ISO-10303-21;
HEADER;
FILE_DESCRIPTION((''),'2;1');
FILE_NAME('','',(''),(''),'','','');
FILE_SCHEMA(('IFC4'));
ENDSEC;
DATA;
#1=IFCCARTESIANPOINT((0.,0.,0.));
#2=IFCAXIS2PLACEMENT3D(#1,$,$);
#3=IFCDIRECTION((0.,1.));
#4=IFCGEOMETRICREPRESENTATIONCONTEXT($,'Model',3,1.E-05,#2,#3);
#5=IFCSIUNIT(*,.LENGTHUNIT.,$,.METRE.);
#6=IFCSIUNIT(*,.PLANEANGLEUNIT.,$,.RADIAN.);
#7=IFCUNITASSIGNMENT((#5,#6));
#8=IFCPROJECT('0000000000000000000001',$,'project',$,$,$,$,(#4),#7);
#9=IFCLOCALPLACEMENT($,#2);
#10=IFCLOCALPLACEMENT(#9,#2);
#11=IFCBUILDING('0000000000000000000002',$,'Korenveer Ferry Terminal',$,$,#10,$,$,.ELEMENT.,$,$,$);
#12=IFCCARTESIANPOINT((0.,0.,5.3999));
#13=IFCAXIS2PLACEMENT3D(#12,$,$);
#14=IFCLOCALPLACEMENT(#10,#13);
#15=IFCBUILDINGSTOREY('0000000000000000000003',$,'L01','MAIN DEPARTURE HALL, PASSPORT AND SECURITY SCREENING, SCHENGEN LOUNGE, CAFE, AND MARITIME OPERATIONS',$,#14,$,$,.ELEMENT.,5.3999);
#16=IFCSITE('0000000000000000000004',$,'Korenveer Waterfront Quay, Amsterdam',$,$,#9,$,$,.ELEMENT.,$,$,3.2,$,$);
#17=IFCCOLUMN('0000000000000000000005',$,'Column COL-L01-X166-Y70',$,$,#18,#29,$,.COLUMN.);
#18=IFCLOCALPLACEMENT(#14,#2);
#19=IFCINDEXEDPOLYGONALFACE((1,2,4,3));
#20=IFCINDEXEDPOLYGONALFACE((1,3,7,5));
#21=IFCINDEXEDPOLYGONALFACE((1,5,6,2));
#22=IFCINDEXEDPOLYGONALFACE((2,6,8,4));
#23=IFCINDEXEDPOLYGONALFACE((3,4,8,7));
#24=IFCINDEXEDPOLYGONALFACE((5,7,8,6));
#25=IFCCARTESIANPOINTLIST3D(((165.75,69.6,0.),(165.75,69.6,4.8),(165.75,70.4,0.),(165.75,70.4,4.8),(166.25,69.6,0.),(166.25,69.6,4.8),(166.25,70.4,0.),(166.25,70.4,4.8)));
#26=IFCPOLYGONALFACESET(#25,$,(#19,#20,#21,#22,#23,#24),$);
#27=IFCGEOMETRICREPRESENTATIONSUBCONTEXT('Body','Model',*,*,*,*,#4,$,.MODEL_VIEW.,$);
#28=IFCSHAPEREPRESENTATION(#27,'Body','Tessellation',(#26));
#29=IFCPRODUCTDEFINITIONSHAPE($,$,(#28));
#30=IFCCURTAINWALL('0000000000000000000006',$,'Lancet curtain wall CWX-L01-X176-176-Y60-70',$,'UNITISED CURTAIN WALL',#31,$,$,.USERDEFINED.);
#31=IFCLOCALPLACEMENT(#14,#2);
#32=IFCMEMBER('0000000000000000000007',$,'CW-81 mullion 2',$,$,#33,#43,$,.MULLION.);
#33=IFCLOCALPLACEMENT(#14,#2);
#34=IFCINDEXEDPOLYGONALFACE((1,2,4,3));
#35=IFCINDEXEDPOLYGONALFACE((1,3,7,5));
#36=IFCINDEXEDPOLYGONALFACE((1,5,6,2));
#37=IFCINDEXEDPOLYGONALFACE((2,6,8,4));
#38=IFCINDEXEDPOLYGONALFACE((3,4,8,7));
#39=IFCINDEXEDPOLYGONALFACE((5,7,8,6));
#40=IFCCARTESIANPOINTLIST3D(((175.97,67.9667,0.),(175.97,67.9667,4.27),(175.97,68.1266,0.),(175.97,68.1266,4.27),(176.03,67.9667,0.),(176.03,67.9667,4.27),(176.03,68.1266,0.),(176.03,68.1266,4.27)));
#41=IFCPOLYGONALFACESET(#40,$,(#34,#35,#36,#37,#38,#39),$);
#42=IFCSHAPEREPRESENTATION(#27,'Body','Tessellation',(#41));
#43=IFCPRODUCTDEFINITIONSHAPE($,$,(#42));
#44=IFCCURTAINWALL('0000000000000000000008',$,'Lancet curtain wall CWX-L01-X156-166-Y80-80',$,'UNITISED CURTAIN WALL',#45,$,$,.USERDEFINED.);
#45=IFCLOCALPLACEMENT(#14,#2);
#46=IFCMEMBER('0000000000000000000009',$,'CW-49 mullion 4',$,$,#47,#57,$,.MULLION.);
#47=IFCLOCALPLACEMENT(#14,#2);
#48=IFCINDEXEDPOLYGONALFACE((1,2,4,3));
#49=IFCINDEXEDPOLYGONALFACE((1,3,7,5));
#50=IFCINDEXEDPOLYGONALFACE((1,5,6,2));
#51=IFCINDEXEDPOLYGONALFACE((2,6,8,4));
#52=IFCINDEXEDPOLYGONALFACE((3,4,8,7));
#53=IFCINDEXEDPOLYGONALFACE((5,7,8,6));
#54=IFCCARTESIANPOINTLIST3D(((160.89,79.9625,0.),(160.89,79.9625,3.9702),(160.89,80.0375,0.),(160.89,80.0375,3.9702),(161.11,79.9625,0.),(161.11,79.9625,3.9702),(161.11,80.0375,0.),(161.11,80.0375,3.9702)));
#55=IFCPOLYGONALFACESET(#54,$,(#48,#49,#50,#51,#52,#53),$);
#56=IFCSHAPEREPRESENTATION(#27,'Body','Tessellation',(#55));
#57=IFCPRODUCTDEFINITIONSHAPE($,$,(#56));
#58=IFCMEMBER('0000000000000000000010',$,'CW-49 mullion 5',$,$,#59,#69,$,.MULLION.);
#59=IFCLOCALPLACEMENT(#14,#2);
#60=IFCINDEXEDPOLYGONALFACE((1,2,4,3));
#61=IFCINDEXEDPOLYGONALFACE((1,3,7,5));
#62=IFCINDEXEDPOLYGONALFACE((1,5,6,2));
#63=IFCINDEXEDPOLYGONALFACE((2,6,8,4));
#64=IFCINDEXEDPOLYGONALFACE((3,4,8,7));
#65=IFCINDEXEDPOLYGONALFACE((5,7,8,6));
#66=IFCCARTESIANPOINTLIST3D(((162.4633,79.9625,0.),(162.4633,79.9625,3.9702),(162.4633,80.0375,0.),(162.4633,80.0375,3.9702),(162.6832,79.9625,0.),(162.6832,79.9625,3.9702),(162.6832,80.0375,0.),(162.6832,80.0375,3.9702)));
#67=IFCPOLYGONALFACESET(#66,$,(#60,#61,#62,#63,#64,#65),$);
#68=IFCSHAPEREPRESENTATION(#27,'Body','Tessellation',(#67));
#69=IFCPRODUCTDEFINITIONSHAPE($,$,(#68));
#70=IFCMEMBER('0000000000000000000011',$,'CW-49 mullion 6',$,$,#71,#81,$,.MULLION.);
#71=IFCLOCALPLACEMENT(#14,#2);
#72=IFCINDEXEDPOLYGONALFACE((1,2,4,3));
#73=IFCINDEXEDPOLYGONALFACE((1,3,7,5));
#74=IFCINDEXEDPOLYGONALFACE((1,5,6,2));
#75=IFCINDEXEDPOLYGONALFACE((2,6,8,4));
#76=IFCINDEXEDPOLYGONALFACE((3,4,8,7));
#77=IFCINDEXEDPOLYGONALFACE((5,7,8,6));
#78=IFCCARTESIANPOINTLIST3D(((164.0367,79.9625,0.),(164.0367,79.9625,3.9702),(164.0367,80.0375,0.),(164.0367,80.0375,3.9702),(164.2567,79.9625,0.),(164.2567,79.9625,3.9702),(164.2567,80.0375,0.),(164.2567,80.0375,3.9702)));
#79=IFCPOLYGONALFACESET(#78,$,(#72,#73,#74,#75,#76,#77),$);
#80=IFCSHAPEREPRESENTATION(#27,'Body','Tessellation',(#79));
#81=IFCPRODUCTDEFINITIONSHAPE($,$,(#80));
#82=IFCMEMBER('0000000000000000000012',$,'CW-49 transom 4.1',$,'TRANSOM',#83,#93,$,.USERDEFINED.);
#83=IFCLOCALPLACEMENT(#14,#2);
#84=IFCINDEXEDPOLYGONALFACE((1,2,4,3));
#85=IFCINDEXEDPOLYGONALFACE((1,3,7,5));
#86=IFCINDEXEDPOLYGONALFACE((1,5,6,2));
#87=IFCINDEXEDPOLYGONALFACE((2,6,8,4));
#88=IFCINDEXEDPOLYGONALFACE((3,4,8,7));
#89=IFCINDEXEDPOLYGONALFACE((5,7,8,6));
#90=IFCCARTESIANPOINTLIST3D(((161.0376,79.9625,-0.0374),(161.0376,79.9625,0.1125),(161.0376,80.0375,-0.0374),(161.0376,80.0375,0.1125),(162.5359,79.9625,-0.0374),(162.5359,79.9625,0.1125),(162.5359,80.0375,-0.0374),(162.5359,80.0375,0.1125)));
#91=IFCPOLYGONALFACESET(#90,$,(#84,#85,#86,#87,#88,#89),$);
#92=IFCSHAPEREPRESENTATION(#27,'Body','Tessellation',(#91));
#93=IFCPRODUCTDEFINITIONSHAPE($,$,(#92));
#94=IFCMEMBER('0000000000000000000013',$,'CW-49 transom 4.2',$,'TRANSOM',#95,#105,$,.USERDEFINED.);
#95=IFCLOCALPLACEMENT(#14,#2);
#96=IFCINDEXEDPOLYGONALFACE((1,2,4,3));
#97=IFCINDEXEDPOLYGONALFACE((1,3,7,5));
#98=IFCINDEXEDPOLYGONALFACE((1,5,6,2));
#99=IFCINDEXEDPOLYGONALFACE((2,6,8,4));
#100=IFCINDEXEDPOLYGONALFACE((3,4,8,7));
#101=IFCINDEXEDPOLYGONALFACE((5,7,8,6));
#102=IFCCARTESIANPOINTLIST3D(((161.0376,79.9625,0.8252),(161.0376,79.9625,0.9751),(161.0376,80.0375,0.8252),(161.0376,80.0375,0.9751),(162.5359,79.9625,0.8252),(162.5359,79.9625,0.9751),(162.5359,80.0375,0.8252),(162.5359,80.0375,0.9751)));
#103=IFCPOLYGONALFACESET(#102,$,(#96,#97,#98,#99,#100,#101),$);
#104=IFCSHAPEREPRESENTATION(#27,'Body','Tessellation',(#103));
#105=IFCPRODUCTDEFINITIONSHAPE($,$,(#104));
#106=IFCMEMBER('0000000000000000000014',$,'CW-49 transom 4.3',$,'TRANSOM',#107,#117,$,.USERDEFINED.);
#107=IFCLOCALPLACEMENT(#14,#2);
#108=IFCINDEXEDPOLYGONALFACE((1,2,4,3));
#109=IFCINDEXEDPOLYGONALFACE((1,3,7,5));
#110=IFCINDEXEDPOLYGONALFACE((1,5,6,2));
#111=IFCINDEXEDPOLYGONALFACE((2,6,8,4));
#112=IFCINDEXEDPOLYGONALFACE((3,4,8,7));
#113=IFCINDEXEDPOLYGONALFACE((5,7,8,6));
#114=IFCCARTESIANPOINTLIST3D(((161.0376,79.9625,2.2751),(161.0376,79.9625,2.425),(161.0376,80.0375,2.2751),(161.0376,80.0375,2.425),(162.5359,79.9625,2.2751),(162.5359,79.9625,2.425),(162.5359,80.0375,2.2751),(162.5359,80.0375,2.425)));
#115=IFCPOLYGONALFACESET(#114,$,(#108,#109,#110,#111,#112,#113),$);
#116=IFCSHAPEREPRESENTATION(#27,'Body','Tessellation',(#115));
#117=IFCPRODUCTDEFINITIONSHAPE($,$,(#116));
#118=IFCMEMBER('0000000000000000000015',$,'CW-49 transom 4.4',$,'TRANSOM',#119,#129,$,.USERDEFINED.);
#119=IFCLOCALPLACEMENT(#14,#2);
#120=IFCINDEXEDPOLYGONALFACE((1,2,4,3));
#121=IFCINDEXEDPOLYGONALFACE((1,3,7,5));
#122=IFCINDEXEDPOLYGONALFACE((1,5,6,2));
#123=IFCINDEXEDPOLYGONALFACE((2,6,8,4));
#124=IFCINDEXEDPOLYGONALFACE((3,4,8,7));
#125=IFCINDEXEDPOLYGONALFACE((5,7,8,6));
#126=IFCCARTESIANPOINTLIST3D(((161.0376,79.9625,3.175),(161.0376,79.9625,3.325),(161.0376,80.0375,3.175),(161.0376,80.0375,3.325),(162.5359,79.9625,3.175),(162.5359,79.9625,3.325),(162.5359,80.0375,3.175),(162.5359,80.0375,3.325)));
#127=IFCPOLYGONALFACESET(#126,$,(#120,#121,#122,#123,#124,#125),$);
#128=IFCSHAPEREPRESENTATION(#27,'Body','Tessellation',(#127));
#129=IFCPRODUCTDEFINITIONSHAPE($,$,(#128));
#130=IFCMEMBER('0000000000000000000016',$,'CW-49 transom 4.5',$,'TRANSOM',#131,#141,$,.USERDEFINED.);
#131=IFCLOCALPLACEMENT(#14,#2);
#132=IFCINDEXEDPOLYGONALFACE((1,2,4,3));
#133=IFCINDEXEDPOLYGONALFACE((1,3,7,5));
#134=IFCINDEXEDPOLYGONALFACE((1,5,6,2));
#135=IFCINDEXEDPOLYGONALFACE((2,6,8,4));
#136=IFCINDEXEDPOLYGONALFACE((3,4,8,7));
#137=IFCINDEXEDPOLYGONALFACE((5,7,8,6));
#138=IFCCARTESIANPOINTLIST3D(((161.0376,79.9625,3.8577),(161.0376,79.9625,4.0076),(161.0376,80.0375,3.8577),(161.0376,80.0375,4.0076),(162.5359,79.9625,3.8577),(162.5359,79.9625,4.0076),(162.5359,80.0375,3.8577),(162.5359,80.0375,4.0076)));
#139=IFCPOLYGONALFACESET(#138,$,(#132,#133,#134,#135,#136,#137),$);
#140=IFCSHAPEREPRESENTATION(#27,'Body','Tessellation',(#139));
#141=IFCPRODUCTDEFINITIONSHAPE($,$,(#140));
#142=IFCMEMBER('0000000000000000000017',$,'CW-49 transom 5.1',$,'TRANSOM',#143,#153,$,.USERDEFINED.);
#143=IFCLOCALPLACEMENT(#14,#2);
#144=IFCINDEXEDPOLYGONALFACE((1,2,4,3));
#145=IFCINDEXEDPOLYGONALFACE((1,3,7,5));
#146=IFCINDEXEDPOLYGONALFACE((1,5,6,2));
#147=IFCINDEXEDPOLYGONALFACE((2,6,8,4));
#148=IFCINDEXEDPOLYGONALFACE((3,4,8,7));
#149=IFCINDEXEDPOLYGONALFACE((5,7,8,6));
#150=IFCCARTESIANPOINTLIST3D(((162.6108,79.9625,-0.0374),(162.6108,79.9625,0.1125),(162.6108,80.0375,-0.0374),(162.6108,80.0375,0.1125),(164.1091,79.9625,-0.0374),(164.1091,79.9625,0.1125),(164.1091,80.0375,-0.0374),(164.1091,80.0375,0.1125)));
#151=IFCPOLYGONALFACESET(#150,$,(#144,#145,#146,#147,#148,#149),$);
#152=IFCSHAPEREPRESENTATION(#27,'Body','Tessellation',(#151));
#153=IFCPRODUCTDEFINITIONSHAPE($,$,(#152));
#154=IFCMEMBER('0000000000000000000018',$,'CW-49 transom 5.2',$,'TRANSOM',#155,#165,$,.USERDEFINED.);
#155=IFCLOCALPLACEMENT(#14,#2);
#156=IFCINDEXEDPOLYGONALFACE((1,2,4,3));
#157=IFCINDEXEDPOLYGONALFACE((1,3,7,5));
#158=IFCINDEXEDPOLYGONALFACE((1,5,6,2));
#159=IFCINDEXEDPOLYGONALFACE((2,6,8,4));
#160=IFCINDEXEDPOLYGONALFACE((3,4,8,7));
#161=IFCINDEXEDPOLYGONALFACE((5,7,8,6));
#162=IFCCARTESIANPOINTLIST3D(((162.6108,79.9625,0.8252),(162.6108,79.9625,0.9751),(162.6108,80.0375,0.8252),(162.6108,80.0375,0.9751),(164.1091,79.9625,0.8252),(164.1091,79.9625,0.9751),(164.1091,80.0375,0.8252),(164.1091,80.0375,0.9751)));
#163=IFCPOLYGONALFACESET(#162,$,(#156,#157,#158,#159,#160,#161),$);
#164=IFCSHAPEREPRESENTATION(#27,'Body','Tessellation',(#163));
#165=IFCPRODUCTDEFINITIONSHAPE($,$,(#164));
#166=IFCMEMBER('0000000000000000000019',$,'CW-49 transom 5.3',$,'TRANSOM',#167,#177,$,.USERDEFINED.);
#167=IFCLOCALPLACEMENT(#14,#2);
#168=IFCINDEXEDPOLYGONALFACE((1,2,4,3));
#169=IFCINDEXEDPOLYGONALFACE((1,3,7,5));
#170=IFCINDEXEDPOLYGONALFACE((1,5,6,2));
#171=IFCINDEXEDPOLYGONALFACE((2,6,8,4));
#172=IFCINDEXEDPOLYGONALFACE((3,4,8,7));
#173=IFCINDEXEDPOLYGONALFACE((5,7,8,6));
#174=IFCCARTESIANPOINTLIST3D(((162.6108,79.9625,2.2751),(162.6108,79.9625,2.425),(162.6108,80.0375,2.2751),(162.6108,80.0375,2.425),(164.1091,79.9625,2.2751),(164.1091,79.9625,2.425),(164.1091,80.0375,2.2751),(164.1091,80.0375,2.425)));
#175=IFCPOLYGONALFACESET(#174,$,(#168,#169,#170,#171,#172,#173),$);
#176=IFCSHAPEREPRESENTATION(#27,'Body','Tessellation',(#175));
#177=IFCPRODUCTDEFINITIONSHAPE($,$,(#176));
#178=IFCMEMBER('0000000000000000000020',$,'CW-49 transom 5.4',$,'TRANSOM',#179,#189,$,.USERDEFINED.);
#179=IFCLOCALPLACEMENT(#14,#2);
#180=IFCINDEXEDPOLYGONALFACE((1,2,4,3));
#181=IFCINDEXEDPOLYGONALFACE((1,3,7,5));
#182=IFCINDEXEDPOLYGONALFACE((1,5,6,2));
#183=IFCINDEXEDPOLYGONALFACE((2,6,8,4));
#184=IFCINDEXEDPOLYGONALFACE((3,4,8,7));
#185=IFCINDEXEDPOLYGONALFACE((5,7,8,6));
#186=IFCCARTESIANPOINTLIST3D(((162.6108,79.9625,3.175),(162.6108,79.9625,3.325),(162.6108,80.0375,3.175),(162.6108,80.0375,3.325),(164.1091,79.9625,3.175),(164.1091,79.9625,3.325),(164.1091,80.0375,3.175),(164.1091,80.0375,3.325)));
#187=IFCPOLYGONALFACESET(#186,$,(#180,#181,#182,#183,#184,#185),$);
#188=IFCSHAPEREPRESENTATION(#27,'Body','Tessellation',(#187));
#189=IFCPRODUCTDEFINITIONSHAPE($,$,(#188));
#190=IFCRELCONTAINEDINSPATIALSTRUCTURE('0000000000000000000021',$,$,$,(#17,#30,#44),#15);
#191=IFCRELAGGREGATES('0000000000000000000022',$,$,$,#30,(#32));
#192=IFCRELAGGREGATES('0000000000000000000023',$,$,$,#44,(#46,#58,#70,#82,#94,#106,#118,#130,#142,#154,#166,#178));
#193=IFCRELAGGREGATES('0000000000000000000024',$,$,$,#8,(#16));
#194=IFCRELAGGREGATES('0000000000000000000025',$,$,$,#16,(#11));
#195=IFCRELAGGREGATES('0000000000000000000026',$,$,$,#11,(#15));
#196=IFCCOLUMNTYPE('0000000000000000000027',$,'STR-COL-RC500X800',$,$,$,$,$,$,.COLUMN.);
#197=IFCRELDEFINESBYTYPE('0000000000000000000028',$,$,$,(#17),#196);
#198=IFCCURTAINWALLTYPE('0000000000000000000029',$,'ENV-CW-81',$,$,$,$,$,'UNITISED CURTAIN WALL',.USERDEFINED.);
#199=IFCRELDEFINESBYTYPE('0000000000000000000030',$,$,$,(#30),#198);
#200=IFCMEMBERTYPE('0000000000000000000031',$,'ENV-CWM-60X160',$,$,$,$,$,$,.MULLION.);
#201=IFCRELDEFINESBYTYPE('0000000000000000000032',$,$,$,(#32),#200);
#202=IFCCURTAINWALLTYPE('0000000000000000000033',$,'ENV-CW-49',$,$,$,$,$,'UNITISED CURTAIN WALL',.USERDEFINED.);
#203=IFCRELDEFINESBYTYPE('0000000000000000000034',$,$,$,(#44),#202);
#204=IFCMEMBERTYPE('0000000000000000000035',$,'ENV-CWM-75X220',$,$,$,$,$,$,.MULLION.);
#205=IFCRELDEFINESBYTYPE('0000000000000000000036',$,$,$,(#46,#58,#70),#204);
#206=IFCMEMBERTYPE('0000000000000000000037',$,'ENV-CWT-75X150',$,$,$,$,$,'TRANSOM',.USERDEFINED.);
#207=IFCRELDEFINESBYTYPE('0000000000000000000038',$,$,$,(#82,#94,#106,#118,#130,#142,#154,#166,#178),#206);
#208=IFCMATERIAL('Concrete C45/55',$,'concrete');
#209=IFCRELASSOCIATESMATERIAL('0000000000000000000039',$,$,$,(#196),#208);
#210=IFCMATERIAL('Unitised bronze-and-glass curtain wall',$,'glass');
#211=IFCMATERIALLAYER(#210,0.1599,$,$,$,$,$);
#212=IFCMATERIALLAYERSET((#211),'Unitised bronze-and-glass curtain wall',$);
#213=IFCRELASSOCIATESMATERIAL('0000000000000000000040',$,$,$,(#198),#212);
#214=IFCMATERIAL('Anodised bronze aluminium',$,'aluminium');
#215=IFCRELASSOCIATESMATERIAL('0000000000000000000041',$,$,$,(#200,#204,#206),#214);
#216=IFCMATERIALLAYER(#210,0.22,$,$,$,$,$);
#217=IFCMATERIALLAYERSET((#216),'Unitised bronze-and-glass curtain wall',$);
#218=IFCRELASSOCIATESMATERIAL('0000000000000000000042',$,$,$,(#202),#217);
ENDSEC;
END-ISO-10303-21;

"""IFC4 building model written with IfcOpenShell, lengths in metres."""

from ifc_helpers import new_model, si_unit, direction, frame, origin, origin_2d, place, context, subcontext, project, spatial, rectangle, extrude, material, layer, layer_set, material_profile, profile_set, type_object, element, aggregate, save


model = new_model("IFC4")

# Units and contexts
model_context = context("Model", 3, precision=1e-05, world=origin(), true_north=direction((0.0, 1.0)))
body_context = subcontext(model_context, "Body", "Model", "MODEL_VIEW")
ifc_project = project(units=[si_unit("LENGTHUNIT", "METRE"), si_unit("PLANEANGLEUNIT", "RADIAN")], contexts=[model_context])

# Site, building, storey
site_placement = place(None, origin())
site = spatial("IfcSite", under=ifc_project, at=site_placement, Name="Korenveer Waterfront Quay, Amsterdam", CompositionType="ELEMENT", RefElevation=3.2)
building_placement = place(site_placement, origin())
building = spatial("IfcBuilding", under=site, at=building_placement, Name="Korenveer Ferry Terminal", CompositionType="ELEMENT")
storey_placement = place(building_placement, frame((0.0, 0.0, 5.3999)))
storey = spatial("IfcBuildingStorey", under=building, at=storey_placement, Name="L01", Description="MAIN DEPARTURE HALL, PASSPORT AND SECURITY SCREENING, SCHENGEN LOUNGE, CAFE, AND MARITIME OPERATIONS", CompositionType="ELEMENT", Elevation=5.3999)

# Column
ifc_material_1 = material(Name="Concrete C45/55", Category="concrete")
ifc_material_profile_1 = material_profile(ifc_material_1, rectangle(XDim=0.5, YDim=0.8, at=origin_2d()), Name="RC 500x800")
ifc_profile_set_1 = profile_set([ifc_material_profile_1], Name="Concrete C45/55")
column_type = type_object("IfcColumnType", Name="STR-COL-RC500X800", PredefinedType="COLUMN", material=ifc_profile_set_1)
column_placement = place(storey_placement, frame((166.0, 70.0, 0.0), z_axis=(0.0, 0.0, 1.0), x_axis=(1.0, 0.0, 0.0)))
element("IfcColumn", 1, at=column_placement, inside=storey, type_object=column_type, Name="Column COL-L01-X166-Y70", PredefinedType="COLUMN", context=body_context, shape_type="SweptSolid", body=[
    extrude(rectangle(XDim=0.5, YDim=0.8, at=origin_2d()), origin(), (0.0, 0.0, 1.0), 4.8),
])

# Curtain wall, member
ifc_material_2 = material(Name="Unitised bronze-and-glass curtain wall", Category="glass")
ifc_layer_1 = layer(ifc_material_2, 0.1599)
ifc_layer_set_1 = layer_set([ifc_layer_1], Name="Unitised bronze-and-glass curtain wall")
curtain_wall_type_1 = type_object("IfcCurtainWallType", Name="ENV-CW-81", ElementType="UNITISED CURTAIN WALL", PredefinedType="USERDEFINED", material=ifc_layer_set_1)
curtain_wall_1_placement = place(storey_placement, frame((176.0, 69.5701, 0.0)))
curtain_wall_1 = element("IfcCurtainWall", 2, at=curtain_wall_1_placement, inside=storey, type_object=curtain_wall_type_1, Name="Lancet curtain wall CWX-L01-X176-176-Y60-70", ObjectType="UNITISED CURTAIN WALL", PredefinedType="USERDEFINED")
ifc_material_3 = material(Name="Anodised bronze aluminium", Category="aluminium")
ifc_material_profile_2 = material_profile(ifc_material_3, rectangle(XDim=0.0601, YDim=0.1599, at=origin_2d()), Name="ALU 60x160")
ifc_profile_set_2 = profile_set([ifc_material_profile_2], Name="Anodised bronze aluminium")
member_type_1 = type_object("IfcMemberType", Name="ENV-CWM-60X160", PredefinedType="MULLION", material=ifc_profile_set_2)
member_1_placement = place(storey_placement, frame((176.0, 68.0466, 0.0), z_axis=(0.0, 0.0, 1.0), x_axis=(1.0, 0.0, 0.0)))
member_1 = element("IfcMember", 3, at=member_1_placement, type_object=member_type_1, Name="CW-81 mullion 2", PredefinedType="MULLION", context=body_context, shape_type="SweptSolid", body=[
    extrude(rectangle(XDim=0.0601, YDim=0.1599, at=origin_2d()), origin(), (0.0, 0.0, 1.0), 4.27),
])

# Curtain wall, members
ifc_layer_2 = layer(ifc_material_2, 0.22)
ifc_layer_set_2 = layer_set([ifc_layer_2], Name="Unitised bronze-and-glass curtain wall")
curtain_wall_type_2 = type_object("IfcCurtainWallType", Name="ENV-CW-49", ElementType="UNITISED CURTAIN WALL", PredefinedType="USERDEFINED", material=ifc_layer_set_2)
curtain_wall_2_placement = place(storey_placement, frame((156.28, 80.0, 0.0)))
curtain_wall_2 = element("IfcCurtainWall", 4, at=curtain_wall_2_placement, inside=storey, type_object=curtain_wall_type_2, Name="Lancet curtain wall CWX-L01-X156-166-Y80-80", ObjectType="UNITISED CURTAIN WALL", PredefinedType="USERDEFINED")
ifc_material_profile_3 = material_profile(ifc_material_3, rectangle(XDim=0.075, YDim=0.22, at=origin_2d()), Name="ALU 75x220")
ifc_profile_set_3 = profile_set([ifc_material_profile_3], Name="Anodised bronze aluminium")
member_type_2 = type_object("IfcMemberType", Name="ENV-CWM-75X220", PredefinedType="MULLION", material=ifc_profile_set_3)
member_2_placement = place(storey_placement, frame((161.0, 80.0, 0.0), z_axis=(0.0, 0.0, 1.0), x_axis=(0.0, 1.0, 0.0)))
member_2 = element("IfcMember", 5, at=member_2_placement, type_object=member_type_2, Name="CW-49 mullion 4", PredefinedType="MULLION", context=body_context, shape_type="SweptSolid", body=[
    extrude(rectangle(XDim=0.075, YDim=0.22, at=origin_2d()), origin(), (0.0, 0.0, 1.0), 3.9702),
])
member_3_placement = place(storey_placement, frame((162.5732, 80.0, 0.0), z_axis=(0.0, 0.0, 1.0), x_axis=(0.0, 1.0, 0.0)))
member_3 = element("IfcMember", 6, at=member_3_placement, type_object=member_type_2, Name="CW-49 mullion 5", PredefinedType="MULLION", context=body_context, shape_type="SweptSolid", body=[
    extrude(rectangle(XDim=0.075, YDim=0.22, at=origin_2d()), origin(), (0.0, 0.0, 1.0), 3.9702),
])
member_4_placement = place(storey_placement, frame((164.1467, 80.0, 0.0), z_axis=(0.0, 0.0, 1.0), x_axis=(0.0, 1.0, 0.0)))
member_4 = element("IfcMember", 7, at=member_4_placement, type_object=member_type_2, Name="CW-49 mullion 6", PredefinedType="MULLION", context=body_context, shape_type="SweptSolid", body=[
    extrude(rectangle(XDim=0.075, YDim=0.22, at=origin_2d()), origin(), (0.0, 0.0, 1.0), 3.9702),
])
ifc_material_profile_4 = material_profile(ifc_material_3, rectangle(XDim=0.075, YDim=0.1499, at=origin_2d()), Name="ALU 75x150")
ifc_profile_set_4 = profile_set([ifc_material_profile_4], Name="Anodised bronze aluminium")
member_type_3 = type_object("IfcMemberType", Name="ENV-CWT-75X150", ElementType="TRANSOM", PredefinedType="USERDEFINED", material=ifc_profile_set_4)
member_5_placement = place(storey_placement, frame((161.0376, 80.0, 0.0376), z_axis=(1.0, 0.0, 0.0), x_axis=(0.0, 1.0, 0.0)))
member_5 = element("IfcMember", 8, at=member_5_placement, type_object=member_type_3, Name="CW-49 transom 4.1", ObjectType="TRANSOM", PredefinedType="USERDEFINED", context=body_context, shape_type="SweptSolid", body=[
    extrude(rectangle(XDim=0.075, YDim=0.1499, at=origin_2d()), origin(), (0.0, 0.0, 1.0), 1.4983),
])
member_6_placement = place(storey_placement, frame((161.0376, 80.0, 0.9001), z_axis=(1.0, 0.0, 0.0), x_axis=(0.0, 1.0, 0.0)))
member_6 = element("IfcMember", 9, at=member_6_placement, type_object=member_type_3, Name="CW-49 transom 4.2", ObjectType="TRANSOM", PredefinedType="USERDEFINED", context=body_context, shape_type="SweptSolid", body=[
    extrude(rectangle(XDim=0.075, YDim=0.1499, at=origin_2d()), origin(), (0.0, 0.0, 1.0), 1.4983),
])
member_7_placement = place(storey_placement, frame((161.0376, 80.0, 2.3501), z_axis=(1.0, 0.0, 0.0), x_axis=(0.0, 1.0, 0.0)))
member_7 = element("IfcMember", 10, at=member_7_placement, type_object=member_type_3, Name="CW-49 transom 4.3", ObjectType="TRANSOM", PredefinedType="USERDEFINED", context=body_context, shape_type="SweptSolid", body=[
    extrude(rectangle(XDim=0.075, YDim=0.1499, at=origin_2d()), origin(), (0.0, 0.0, 1.0), 1.4983),
])
member_8_placement = place(storey_placement, frame((161.0376, 80.0, 3.25), z_axis=(1.0, 0.0, 0.0), x_axis=(0.0, 1.0, 0.0)))
member_8 = element("IfcMember", 11, at=member_8_placement, type_object=member_type_3, Name="CW-49 transom 4.4", ObjectType="TRANSOM", PredefinedType="USERDEFINED", context=body_context, shape_type="SweptSolid", body=[
    extrude(rectangle(XDim=0.075, YDim=0.1499, at=origin_2d()), origin(), (0.0, 0.0, 1.0), 1.4983),
])
member_9_placement = place(storey_placement, frame((161.0376, 80.0, 3.9326), z_axis=(1.0, 0.0, 0.0), x_axis=(0.0, 1.0, 0.0)))
member_9 = element("IfcMember", 12, at=member_9_placement, type_object=member_type_3, Name="CW-49 transom 4.5", ObjectType="TRANSOM", PredefinedType="USERDEFINED", context=body_context, shape_type="SweptSolid", body=[
    extrude(rectangle(XDim=0.075, YDim=0.1499, at=origin_2d()), origin(), (0.0, 0.0, 1.0), 1.4983),
])
member_10_placement = place(storey_placement, frame((162.6108, 80.0, 0.0376), z_axis=(1.0, 0.0, 0.0), x_axis=(0.0, 1.0, 0.0)))
member_10 = element("IfcMember", 13, at=member_10_placement, type_object=member_type_3, Name="CW-49 transom 5.1", ObjectType="TRANSOM", PredefinedType="USERDEFINED", context=body_context, shape_type="SweptSolid", body=[
    extrude(rectangle(XDim=0.075, YDim=0.1499, at=origin_2d()), origin(), (0.0, 0.0, 1.0), 1.4983),
])
member_11_placement = place(storey_placement, frame((162.6108, 80.0, 0.9001), z_axis=(1.0, 0.0, 0.0), x_axis=(0.0, 1.0, 0.0)))
member_11 = element("IfcMember", 14, at=member_11_placement, type_object=member_type_3, Name="CW-49 transom 5.2", ObjectType="TRANSOM", PredefinedType="USERDEFINED", context=body_context, shape_type="SweptSolid", body=[
    extrude(rectangle(XDim=0.075, YDim=0.1499, at=origin_2d()), origin(), (0.0, 0.0, 1.0), 1.4983),
])
member_12_placement = place(storey_placement, frame((162.6108, 80.0, 2.3501), z_axis=(1.0, 0.0, 0.0), x_axis=(0.0, 1.0, 0.0)))
member_12 = element("IfcMember", 15, at=member_12_placement, type_object=member_type_3, Name="CW-49 transom 5.3", ObjectType="TRANSOM", PredefinedType="USERDEFINED", context=body_context, shape_type="SweptSolid", body=[
    extrude(rectangle(XDim=0.075, YDim=0.1499, at=origin_2d()), origin(), (0.0, 0.0, 1.0), 1.4983),
])
member_13_placement = place(storey_placement, frame((162.6108, 80.0, 3.25), z_axis=(1.0, 0.0, 0.0), x_axis=(0.0, 1.0, 0.0)))
member_13 = element("IfcMember", 16, at=member_13_placement, type_object=member_type_3, Name="CW-49 transom 5.4", ObjectType="TRANSOM", PredefinedType="USERDEFINED", context=body_context, shape_type="SweptSolid", body=[
    extrude(rectangle(XDim=0.075, YDim=0.1499, at=origin_2d()), origin(), (0.0, 0.0, 1.0), 1.4983),
])

aggregate(curtain_wall_1, [member_1])
aggregate(curtain_wall_2, [member_2, member_3, member_4, member_5, member_6, member_7, member_8, member_9, member_10, member_11, member_12, member_13])

save(model, "model.ifc")
